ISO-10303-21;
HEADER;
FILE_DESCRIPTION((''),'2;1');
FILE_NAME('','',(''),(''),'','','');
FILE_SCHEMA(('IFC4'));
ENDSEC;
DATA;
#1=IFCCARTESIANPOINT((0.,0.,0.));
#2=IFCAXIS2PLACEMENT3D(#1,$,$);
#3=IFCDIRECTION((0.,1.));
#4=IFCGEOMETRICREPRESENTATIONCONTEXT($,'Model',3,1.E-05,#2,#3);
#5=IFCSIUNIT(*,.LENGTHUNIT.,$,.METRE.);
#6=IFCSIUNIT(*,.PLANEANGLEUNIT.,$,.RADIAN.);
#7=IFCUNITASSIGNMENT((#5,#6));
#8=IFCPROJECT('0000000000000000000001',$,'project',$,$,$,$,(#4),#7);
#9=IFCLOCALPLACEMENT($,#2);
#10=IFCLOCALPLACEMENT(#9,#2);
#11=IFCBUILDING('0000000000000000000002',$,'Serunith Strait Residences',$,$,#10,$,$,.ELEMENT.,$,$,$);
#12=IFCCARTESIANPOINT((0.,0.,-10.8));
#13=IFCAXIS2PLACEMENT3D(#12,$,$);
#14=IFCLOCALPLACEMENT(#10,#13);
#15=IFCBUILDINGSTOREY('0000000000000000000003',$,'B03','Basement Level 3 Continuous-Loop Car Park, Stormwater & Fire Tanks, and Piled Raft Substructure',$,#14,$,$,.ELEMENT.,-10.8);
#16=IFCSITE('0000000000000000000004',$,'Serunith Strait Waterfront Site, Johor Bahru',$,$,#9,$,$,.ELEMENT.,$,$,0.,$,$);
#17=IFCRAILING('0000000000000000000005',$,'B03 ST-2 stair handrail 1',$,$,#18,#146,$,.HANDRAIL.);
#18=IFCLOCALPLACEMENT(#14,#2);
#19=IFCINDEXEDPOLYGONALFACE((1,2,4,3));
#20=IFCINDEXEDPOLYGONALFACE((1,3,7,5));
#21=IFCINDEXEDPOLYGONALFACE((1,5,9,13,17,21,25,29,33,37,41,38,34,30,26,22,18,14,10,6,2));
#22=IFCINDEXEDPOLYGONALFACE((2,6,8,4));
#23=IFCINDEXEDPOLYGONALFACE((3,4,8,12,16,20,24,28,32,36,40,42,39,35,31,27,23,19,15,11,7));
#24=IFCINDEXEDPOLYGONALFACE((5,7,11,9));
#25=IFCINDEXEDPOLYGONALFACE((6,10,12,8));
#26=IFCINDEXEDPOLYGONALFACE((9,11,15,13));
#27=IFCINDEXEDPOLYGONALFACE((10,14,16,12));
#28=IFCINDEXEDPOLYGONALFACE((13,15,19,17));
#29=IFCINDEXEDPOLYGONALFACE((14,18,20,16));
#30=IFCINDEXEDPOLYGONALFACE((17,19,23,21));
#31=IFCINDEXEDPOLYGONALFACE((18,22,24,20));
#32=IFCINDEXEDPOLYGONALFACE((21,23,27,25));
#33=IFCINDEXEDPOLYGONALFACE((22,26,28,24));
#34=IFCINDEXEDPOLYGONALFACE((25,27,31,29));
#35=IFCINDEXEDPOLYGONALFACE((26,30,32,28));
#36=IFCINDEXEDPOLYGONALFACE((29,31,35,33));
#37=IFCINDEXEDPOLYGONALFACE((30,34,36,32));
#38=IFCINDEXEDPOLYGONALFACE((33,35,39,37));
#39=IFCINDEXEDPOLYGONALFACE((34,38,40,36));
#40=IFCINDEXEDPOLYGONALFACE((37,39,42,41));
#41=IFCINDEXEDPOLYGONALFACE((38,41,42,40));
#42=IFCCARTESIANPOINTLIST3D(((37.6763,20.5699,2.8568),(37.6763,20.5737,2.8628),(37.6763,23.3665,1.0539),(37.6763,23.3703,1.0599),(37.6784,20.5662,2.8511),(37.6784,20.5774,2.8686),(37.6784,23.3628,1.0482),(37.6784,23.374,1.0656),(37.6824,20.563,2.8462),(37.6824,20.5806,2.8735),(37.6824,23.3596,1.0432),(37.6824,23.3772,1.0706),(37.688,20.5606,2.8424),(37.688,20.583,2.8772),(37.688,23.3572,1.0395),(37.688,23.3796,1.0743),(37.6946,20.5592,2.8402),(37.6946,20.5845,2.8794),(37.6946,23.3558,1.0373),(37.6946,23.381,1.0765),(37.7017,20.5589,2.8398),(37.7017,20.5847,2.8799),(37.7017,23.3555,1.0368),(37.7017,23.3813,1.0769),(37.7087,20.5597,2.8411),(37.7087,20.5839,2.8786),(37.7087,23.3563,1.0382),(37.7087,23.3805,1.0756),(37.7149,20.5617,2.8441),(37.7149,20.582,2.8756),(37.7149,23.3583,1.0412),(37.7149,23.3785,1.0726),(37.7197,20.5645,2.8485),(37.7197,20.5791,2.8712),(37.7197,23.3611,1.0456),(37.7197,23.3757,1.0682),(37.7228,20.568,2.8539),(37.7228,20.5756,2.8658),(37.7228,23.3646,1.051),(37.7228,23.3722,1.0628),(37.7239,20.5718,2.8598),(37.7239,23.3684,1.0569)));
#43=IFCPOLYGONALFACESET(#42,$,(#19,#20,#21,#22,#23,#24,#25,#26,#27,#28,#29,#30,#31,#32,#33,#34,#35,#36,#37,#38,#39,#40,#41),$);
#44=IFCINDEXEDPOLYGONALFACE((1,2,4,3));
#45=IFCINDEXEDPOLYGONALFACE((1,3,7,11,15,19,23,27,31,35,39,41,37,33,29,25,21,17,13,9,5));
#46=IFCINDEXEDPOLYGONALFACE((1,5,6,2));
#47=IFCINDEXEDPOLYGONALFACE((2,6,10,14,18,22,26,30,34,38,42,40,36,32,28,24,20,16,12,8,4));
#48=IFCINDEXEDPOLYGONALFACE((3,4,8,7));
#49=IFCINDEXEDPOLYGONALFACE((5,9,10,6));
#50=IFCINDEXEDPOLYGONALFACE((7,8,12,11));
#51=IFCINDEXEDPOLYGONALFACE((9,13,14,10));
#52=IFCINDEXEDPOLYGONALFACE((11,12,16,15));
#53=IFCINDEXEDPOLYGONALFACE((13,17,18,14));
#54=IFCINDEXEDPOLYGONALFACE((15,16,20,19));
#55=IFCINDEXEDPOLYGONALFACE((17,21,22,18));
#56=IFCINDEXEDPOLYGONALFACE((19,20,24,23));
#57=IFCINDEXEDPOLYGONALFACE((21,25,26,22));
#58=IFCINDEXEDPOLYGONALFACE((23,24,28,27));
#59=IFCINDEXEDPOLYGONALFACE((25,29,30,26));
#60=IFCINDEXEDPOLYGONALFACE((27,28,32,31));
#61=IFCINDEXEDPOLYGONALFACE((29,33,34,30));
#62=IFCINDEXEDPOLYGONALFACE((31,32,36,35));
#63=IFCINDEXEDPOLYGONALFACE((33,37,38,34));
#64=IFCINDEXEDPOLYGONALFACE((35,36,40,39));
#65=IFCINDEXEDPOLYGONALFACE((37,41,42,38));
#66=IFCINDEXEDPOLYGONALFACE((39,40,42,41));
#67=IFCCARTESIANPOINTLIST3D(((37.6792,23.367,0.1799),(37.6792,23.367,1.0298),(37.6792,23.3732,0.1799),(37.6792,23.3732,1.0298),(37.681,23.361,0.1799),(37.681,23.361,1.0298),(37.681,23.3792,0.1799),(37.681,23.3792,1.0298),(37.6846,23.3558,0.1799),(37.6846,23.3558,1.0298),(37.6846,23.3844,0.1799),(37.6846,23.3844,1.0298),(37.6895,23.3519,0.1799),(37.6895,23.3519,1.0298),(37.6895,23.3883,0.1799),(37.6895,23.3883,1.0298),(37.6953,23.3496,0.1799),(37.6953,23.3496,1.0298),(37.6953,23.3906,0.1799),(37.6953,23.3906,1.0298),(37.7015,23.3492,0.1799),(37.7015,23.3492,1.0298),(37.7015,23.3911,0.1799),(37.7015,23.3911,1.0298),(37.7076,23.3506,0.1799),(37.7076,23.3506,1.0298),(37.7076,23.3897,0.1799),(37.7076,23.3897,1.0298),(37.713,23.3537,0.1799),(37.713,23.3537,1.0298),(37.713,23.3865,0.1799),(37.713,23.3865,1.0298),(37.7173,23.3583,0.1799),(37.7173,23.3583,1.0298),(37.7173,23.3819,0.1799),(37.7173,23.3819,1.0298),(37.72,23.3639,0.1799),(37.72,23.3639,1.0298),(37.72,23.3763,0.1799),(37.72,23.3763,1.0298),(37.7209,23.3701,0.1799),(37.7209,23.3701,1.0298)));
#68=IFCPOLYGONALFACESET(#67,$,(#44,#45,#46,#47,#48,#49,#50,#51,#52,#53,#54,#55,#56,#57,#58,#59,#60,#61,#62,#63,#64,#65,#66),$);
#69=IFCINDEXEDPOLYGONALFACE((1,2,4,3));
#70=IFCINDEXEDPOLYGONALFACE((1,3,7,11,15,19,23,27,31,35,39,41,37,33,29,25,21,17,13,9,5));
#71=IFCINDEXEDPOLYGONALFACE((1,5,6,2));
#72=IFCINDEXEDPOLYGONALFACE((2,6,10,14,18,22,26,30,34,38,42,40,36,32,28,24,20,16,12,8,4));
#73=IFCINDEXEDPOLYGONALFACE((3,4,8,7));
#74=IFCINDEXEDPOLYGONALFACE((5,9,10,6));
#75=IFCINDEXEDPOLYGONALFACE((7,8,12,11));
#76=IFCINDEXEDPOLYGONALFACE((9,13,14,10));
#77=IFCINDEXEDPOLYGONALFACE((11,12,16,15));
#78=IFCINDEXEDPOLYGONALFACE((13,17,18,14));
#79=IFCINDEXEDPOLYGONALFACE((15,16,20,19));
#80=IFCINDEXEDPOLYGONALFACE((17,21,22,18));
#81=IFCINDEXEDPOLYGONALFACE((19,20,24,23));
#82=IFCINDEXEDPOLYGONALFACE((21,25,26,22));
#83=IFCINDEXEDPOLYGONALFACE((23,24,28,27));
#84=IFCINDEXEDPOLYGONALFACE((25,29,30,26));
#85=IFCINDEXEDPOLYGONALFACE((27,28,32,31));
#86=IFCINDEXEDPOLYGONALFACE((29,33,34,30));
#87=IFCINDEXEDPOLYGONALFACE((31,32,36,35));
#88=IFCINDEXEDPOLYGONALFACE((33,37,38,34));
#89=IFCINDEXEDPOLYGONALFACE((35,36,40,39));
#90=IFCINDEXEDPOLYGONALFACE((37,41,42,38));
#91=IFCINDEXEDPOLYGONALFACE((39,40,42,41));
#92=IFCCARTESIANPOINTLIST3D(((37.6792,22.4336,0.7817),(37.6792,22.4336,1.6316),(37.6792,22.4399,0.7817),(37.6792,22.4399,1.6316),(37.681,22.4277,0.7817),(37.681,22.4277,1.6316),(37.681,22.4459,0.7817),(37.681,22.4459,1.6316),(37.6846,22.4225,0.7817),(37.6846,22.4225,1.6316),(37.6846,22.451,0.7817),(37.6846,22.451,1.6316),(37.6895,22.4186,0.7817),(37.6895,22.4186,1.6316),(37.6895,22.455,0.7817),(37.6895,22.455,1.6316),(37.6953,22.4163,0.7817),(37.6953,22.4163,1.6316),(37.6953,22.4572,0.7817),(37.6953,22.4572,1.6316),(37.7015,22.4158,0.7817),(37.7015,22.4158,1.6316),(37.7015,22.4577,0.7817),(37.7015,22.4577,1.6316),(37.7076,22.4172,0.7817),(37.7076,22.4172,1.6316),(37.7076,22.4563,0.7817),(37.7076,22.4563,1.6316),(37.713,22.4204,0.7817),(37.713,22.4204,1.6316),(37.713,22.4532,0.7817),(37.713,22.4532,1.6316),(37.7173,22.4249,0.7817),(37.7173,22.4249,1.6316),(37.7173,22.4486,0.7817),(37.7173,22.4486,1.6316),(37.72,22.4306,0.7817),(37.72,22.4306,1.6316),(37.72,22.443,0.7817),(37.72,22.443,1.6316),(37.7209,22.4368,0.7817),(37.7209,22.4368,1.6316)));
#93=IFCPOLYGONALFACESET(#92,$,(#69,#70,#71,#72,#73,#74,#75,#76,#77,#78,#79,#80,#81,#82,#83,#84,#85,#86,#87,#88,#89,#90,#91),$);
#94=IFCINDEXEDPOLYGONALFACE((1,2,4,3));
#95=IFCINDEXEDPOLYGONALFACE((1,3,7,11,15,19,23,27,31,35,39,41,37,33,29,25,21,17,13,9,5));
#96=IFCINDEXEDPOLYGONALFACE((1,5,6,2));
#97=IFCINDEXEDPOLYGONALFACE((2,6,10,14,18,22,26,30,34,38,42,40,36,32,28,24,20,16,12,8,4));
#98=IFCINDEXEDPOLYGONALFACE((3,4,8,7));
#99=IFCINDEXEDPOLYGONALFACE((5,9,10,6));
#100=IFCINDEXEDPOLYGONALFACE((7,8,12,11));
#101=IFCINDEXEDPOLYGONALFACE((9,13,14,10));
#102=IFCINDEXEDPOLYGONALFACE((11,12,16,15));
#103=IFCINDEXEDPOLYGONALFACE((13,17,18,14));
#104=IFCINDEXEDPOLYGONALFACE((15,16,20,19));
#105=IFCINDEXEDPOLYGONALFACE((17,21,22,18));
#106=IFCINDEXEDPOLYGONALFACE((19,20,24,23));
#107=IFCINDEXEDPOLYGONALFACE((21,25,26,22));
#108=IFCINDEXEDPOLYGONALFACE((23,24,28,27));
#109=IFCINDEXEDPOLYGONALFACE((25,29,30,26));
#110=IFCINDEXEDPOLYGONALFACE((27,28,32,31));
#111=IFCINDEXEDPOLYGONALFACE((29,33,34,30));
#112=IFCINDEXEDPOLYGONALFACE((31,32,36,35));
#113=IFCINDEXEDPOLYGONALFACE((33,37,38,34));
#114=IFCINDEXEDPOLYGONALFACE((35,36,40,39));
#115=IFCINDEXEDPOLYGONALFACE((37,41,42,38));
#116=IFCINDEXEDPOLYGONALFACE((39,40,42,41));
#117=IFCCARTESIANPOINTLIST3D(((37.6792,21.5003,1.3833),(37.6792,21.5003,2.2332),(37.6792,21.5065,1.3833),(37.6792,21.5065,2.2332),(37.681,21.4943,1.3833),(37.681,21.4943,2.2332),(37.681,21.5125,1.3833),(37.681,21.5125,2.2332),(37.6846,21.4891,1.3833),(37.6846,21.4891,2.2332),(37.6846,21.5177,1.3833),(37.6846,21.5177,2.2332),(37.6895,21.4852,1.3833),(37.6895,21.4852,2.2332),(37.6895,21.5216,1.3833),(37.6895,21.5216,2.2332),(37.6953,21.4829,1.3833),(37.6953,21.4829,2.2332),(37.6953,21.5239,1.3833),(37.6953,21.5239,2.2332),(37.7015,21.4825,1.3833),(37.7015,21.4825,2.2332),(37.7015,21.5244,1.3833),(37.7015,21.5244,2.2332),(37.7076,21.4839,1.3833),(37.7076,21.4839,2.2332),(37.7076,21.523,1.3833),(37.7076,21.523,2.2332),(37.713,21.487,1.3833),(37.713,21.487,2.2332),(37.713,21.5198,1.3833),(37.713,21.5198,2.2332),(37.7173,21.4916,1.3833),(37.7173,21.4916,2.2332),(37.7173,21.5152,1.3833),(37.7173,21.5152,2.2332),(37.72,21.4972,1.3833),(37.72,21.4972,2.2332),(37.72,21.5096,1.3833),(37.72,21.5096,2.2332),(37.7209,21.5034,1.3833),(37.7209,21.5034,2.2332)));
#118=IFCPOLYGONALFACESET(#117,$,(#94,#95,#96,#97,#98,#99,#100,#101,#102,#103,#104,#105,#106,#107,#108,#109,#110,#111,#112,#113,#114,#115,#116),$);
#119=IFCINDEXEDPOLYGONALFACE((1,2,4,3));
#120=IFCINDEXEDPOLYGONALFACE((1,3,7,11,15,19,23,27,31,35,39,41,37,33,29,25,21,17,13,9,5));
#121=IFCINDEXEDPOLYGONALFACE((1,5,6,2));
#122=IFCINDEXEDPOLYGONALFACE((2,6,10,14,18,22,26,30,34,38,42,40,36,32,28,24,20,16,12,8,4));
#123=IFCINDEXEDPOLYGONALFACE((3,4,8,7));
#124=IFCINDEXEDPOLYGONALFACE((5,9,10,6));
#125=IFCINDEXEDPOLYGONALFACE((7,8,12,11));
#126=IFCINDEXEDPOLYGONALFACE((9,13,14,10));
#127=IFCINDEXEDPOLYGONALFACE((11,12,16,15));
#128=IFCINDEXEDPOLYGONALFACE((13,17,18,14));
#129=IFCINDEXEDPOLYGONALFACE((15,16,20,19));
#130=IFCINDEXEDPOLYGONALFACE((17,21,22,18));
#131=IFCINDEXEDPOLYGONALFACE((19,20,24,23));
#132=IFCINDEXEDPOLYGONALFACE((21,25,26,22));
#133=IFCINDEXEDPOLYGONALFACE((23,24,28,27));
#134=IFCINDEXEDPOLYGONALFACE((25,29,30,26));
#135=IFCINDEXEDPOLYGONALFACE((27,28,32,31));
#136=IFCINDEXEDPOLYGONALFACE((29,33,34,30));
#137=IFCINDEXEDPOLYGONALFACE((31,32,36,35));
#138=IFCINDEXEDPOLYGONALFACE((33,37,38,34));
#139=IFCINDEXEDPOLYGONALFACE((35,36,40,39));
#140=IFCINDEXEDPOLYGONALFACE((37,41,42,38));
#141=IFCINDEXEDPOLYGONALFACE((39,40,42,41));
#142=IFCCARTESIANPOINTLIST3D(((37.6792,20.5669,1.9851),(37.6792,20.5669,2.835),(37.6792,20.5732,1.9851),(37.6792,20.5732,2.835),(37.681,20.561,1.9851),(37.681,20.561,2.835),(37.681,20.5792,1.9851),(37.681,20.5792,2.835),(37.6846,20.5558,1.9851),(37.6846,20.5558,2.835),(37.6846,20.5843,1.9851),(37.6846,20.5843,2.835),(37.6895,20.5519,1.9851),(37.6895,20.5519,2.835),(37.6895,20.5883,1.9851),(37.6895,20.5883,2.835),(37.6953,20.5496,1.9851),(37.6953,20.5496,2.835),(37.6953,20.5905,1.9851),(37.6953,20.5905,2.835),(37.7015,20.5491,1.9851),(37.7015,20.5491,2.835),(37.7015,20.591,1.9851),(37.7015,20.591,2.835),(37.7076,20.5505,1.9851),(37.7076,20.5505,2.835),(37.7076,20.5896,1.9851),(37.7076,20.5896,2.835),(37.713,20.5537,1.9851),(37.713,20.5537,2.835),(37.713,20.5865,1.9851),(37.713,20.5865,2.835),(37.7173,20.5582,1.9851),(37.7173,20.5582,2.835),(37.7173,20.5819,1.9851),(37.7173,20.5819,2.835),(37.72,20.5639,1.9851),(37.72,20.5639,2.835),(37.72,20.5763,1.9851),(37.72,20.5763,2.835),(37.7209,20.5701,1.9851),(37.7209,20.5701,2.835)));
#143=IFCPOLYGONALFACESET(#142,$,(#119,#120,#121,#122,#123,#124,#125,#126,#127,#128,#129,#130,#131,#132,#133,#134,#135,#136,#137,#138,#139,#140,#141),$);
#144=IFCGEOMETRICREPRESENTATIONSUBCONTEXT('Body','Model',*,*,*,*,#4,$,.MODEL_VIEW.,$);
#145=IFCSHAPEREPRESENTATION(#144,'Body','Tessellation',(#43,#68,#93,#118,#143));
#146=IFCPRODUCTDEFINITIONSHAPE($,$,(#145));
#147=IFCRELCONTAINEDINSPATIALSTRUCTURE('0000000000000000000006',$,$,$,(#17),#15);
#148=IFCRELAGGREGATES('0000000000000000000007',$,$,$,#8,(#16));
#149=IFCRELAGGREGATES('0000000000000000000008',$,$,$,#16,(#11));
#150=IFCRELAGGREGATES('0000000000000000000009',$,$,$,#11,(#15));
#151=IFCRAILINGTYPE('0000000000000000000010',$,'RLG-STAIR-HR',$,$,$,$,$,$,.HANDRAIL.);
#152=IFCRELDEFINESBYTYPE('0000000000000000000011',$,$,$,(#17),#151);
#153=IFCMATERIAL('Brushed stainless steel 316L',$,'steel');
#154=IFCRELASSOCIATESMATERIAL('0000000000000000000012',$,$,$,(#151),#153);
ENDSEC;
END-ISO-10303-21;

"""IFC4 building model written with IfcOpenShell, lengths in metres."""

from ifc_helpers import new_model, si_unit, direction, frame, origin, origin_2d, place, context, subcontext, project, spatial, circle, extrude, material, type_object, element, save


model = new_model("IFC4")

# Units and contexts
model_context = context("Model", 3, precision=1e-05, world=origin(), true_north=direction((0.0, 1.0)))
body_context = subcontext(model_context, "Body", "Model", "MODEL_VIEW")
ifc_project = project(units=[si_unit("LENGTHUNIT", "METRE"), si_unit("PLANEANGLEUNIT", "RADIAN")], contexts=[model_context])

# Site, building, storey
site_placement = place(None, origin())
site = spatial("IfcSite", under=ifc_project, at=site_placement, Name="Serunith Strait Waterfront Site, Johor Bahru", CompositionType="ELEMENT", RefElevation=0.0)
building_placement = place(site_placement, origin())
building = spatial("IfcBuilding", under=site, at=building_placement, Name="Serunith Strait Residences", CompositionType="ELEMENT")
storey_placement = place(building_placement, frame((0.0, 0.0, -10.8)))
storey = spatial("IfcBuildingStorey", under=building, at=storey_placement, Name="B03", Description="Basement Level 3 Continuous-Loop Car Park, Stormwater & Fire Tanks, and Piled Raft Substructure", CompositionType="ELEMENT", Elevation=-10.8)

# Railing
ifc_material_1 = material(Name="Brushed stainless steel 316L", Category="steel")
railing_type_1 = type_object("IfcRailingType", Name="RLG-STAIR-HR", PredefinedType="HANDRAIL", material=ifc_material_1)
railing_1_placement = place(storey_placement, frame((37.7, 23.3701, 0.1799)))
element("IfcRailing", 1, at=railing_1_placement, inside=storey, type_object=railing_type_1, Name="B03 ST-2 stair handrail 1", PredefinedType="HANDRAIL", context=body_context, shape_type="SweptSolid", body=[
    extrude(circle(Radius=0.0239, at=origin_2d()), frame((0.0, -0.0017, 0.877), z_axis=(0.0, -0.840475, 0.54185), x_axis=(1.0, 0.0, 0.0)), (0.0, 0.0, 1.0), 3.3274),
    extrude(circle(Radius=0.021, at=origin_2d()), origin(), (0.0, 0.0, 1.0), 0.8499),
    extrude(circle(Radius=0.021, at=origin_2d()), frame((0.0, -0.9333, 0.6018)), (0.0, 0.0, 1.0), 0.8499),
    extrude(circle(Radius=0.021, at=origin_2d()), frame((0.0, -1.8667, 1.2034)), (0.0, 0.0, 1.0), 0.8499),
    extrude(circle(Radius=0.021, at=origin_2d()), frame((0.0, -2.8, 1.8052)), (0.0, 0.0, 1.0), 0.8499),
])

save(model, "model.ifc")
